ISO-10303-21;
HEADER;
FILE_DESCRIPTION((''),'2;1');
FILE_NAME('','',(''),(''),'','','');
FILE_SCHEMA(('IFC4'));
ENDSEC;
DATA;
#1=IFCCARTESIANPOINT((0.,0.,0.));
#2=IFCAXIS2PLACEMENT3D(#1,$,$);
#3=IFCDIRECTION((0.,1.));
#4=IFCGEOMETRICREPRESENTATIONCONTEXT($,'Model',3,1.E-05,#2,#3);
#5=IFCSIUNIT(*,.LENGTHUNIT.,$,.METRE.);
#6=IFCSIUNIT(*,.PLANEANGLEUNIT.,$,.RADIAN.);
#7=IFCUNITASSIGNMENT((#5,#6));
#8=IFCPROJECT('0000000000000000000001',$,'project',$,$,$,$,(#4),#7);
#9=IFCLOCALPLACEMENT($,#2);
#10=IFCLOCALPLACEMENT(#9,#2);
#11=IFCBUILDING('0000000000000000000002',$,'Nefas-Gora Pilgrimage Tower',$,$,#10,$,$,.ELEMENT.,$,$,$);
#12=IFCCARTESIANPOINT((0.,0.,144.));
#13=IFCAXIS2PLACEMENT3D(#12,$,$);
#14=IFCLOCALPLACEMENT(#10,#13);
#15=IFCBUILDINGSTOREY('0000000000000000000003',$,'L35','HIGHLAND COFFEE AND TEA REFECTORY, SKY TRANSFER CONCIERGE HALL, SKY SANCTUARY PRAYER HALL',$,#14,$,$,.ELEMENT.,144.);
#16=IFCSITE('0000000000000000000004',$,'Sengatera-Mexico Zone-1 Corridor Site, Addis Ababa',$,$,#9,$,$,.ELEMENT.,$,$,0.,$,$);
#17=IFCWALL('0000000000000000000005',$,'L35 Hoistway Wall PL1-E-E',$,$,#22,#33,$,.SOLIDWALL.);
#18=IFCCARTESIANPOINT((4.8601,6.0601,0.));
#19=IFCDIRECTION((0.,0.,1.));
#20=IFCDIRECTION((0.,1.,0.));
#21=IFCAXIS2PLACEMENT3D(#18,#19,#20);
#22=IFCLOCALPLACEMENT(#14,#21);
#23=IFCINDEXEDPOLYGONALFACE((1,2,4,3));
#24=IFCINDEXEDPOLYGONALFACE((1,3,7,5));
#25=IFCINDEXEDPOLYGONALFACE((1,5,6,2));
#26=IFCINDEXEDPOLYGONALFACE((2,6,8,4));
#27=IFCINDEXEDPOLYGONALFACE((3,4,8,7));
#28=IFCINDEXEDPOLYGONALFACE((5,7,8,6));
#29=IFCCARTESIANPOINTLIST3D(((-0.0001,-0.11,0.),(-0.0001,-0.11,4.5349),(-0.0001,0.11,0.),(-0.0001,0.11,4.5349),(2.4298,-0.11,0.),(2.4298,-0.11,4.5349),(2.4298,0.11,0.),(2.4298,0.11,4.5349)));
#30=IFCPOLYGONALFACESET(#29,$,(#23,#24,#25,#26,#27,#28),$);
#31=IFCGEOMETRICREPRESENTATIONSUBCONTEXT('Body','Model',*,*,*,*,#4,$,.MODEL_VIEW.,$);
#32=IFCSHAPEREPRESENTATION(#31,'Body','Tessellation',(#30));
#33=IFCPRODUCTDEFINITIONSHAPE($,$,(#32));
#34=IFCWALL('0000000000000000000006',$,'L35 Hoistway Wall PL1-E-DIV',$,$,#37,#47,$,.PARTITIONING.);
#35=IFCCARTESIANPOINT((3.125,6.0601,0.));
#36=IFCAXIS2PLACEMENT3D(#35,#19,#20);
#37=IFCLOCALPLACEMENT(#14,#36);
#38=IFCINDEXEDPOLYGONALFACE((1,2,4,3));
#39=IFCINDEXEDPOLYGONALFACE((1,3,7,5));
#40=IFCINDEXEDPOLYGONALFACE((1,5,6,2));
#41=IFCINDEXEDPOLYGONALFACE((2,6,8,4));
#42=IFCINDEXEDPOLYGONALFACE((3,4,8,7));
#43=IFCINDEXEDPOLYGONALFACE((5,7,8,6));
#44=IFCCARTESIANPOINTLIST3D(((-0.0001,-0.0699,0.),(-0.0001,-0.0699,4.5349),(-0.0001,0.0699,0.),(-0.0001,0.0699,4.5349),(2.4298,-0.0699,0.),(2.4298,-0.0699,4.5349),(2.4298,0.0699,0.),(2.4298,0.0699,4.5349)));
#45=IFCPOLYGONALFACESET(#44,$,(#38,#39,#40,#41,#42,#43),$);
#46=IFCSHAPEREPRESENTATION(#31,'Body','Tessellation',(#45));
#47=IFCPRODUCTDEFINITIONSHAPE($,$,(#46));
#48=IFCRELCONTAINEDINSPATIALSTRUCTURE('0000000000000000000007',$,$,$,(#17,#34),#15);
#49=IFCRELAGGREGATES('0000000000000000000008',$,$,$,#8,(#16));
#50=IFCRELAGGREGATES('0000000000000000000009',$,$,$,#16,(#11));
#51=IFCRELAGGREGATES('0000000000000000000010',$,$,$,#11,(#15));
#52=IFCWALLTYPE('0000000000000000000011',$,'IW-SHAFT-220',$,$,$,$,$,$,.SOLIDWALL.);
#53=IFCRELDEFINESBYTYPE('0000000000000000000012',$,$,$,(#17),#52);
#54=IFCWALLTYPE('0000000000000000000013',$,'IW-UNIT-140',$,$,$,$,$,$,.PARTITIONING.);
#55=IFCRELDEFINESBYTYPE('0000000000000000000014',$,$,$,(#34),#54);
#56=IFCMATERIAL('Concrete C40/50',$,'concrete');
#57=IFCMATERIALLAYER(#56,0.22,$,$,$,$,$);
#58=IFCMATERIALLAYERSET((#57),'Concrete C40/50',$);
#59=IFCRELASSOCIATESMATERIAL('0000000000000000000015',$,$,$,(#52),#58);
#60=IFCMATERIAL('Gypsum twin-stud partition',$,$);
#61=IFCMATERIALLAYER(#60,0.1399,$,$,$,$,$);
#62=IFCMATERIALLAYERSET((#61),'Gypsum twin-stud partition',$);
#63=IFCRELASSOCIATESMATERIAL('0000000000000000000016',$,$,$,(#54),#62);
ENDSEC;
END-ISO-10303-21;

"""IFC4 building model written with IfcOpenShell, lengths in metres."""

from ifc_helpers import new_model, si_unit, direction, frame, frame_2d, origin, place, context, subcontext, project, spatial, rectangle, extrude, source, transform, mapped, material, layer, layer_set, type_object, element, save


model = new_model("IFC4")

# Units and contexts
model_context = context("Model", 3, precision=1e-05, world=origin(), true_north=direction((0.0, 1.0)))
body_context = subcontext(model_context, "Body", "Model", "MODEL_VIEW")
ifc_project = project(units=[si_unit("LENGTHUNIT", "METRE"), si_unit("PLANEANGLEUNIT", "RADIAN")], contexts=[model_context])

# Site, building, storey
site_placement = place(None, origin())
site = spatial("IfcSite", under=ifc_project, at=site_placement, Name="Sengatera-Mexico Zone-1 Corridor Site, Addis Ababa", CompositionType="ELEMENT", RefElevation=0.0)
building_placement = place(site_placement, origin())
building = spatial("IfcBuilding", under=site, at=building_placement, Name="Nefas-Gora Pilgrimage Tower", CompositionType="ELEMENT")
storey_placement = place(building_placement, frame((0.0, 0.0, 144.0)))
storey = spatial("IfcBuildingStorey", under=building, at=storey_placement, Name="L35", Description="HIGHLAND COFFEE AND TEA REFECTORY, SKY TRANSFER CONCIERGE HALL, SKY SANCTUARY PRAYER HALL", CompositionType="ELEMENT", Elevation=144.0)

# Shared definitions
ifc_material_1 = material(Name="Concrete C40/50", Category="concrete")
ifc_layer_1 = layer(ifc_material_1, 0.22)
ifc_layer_set_1 = layer_set([ifc_layer_1], Name="Concrete C40/50")
wall_type_1 = type_object("IfcWallType", Name="IW-SHAFT-220", PredefinedType="SOLIDWALL", material=ifc_layer_set_1)

# Walls
shared_shape_1 = source(origin(), body_context, "Body", "SweptSolid", [
    extrude(rectangle(XDim=2.4299, YDim=0.22, at=frame_2d((1.2148, 0.0))), origin(), (0.0, 0.0, 1.0), 4.5349),
])
for number, where, z_axis, x_axis, name in (
    (1, (4.8601, 6.0601, 0.0), (0.0, 0.0, 1.0), (0.0, 1.0, 0.0), "L35 Hoistway Wall PL1-E-E"),
):
    element("IfcWall", number, at=place(storey_placement, frame(where, z_axis=z_axis, x_axis=x_axis)), inside=storey, type_object=wall_type_1, Name=name, PredefinedType="SOLIDWALL", context=body_context, shape_type="MappedRepresentation", body=[
        mapped(shared_shape_1, transform((0.0, 0.0, 0.0), x_axis=(1.0, 0.0, 0.0), y_axis=(0.0, 1.0, 0.0), z_axis=(0.0, 0.0, 1.0), scale=1.0)),
    ])
ifc_material_2 = material(Name="Gypsum twin-stud partition")
ifc_layer_2 = layer(ifc_material_2, 0.1399)
ifc_layer_set_2 = layer_set([ifc_layer_2], Name="Gypsum twin-stud partition")
wall_type_2 = type_object("IfcWallType", Name="IW-UNIT-140", PredefinedType="PARTITIONING", material=ifc_layer_set_2)
shared_shape_2 = source(origin(), body_context, "Body", "SweptSolid", [
    extrude(rectangle(XDim=2.4299, YDim=0.1399, at=frame_2d((1.2148, 0.0))), origin(), (0.0, 0.0, 1.0), 4.5349),
])
wall_1_placement = place(storey_placement, frame((3.125, 6.0601, 0.0), z_axis=(0.0, 0.0, 1.0), x_axis=(0.0, 1.0, 0.0)))
element("IfcWall", 2, at=wall_1_placement, inside=storey, type_object=wall_type_2, Name="L35 Hoistway Wall PL1-E-DIV", PredefinedType="PARTITIONING", context=body_context, shape_type="MappedRepresentation", body=[
    mapped(shared_shape_2, transform((0.0, 0.0, 0.0), x_axis=(1.0, 0.0, 0.0), y_axis=(0.0, 1.0, 0.0), z_axis=(0.0, 0.0, 1.0), scale=1.0)),
])

save(model, "model.ifc")
